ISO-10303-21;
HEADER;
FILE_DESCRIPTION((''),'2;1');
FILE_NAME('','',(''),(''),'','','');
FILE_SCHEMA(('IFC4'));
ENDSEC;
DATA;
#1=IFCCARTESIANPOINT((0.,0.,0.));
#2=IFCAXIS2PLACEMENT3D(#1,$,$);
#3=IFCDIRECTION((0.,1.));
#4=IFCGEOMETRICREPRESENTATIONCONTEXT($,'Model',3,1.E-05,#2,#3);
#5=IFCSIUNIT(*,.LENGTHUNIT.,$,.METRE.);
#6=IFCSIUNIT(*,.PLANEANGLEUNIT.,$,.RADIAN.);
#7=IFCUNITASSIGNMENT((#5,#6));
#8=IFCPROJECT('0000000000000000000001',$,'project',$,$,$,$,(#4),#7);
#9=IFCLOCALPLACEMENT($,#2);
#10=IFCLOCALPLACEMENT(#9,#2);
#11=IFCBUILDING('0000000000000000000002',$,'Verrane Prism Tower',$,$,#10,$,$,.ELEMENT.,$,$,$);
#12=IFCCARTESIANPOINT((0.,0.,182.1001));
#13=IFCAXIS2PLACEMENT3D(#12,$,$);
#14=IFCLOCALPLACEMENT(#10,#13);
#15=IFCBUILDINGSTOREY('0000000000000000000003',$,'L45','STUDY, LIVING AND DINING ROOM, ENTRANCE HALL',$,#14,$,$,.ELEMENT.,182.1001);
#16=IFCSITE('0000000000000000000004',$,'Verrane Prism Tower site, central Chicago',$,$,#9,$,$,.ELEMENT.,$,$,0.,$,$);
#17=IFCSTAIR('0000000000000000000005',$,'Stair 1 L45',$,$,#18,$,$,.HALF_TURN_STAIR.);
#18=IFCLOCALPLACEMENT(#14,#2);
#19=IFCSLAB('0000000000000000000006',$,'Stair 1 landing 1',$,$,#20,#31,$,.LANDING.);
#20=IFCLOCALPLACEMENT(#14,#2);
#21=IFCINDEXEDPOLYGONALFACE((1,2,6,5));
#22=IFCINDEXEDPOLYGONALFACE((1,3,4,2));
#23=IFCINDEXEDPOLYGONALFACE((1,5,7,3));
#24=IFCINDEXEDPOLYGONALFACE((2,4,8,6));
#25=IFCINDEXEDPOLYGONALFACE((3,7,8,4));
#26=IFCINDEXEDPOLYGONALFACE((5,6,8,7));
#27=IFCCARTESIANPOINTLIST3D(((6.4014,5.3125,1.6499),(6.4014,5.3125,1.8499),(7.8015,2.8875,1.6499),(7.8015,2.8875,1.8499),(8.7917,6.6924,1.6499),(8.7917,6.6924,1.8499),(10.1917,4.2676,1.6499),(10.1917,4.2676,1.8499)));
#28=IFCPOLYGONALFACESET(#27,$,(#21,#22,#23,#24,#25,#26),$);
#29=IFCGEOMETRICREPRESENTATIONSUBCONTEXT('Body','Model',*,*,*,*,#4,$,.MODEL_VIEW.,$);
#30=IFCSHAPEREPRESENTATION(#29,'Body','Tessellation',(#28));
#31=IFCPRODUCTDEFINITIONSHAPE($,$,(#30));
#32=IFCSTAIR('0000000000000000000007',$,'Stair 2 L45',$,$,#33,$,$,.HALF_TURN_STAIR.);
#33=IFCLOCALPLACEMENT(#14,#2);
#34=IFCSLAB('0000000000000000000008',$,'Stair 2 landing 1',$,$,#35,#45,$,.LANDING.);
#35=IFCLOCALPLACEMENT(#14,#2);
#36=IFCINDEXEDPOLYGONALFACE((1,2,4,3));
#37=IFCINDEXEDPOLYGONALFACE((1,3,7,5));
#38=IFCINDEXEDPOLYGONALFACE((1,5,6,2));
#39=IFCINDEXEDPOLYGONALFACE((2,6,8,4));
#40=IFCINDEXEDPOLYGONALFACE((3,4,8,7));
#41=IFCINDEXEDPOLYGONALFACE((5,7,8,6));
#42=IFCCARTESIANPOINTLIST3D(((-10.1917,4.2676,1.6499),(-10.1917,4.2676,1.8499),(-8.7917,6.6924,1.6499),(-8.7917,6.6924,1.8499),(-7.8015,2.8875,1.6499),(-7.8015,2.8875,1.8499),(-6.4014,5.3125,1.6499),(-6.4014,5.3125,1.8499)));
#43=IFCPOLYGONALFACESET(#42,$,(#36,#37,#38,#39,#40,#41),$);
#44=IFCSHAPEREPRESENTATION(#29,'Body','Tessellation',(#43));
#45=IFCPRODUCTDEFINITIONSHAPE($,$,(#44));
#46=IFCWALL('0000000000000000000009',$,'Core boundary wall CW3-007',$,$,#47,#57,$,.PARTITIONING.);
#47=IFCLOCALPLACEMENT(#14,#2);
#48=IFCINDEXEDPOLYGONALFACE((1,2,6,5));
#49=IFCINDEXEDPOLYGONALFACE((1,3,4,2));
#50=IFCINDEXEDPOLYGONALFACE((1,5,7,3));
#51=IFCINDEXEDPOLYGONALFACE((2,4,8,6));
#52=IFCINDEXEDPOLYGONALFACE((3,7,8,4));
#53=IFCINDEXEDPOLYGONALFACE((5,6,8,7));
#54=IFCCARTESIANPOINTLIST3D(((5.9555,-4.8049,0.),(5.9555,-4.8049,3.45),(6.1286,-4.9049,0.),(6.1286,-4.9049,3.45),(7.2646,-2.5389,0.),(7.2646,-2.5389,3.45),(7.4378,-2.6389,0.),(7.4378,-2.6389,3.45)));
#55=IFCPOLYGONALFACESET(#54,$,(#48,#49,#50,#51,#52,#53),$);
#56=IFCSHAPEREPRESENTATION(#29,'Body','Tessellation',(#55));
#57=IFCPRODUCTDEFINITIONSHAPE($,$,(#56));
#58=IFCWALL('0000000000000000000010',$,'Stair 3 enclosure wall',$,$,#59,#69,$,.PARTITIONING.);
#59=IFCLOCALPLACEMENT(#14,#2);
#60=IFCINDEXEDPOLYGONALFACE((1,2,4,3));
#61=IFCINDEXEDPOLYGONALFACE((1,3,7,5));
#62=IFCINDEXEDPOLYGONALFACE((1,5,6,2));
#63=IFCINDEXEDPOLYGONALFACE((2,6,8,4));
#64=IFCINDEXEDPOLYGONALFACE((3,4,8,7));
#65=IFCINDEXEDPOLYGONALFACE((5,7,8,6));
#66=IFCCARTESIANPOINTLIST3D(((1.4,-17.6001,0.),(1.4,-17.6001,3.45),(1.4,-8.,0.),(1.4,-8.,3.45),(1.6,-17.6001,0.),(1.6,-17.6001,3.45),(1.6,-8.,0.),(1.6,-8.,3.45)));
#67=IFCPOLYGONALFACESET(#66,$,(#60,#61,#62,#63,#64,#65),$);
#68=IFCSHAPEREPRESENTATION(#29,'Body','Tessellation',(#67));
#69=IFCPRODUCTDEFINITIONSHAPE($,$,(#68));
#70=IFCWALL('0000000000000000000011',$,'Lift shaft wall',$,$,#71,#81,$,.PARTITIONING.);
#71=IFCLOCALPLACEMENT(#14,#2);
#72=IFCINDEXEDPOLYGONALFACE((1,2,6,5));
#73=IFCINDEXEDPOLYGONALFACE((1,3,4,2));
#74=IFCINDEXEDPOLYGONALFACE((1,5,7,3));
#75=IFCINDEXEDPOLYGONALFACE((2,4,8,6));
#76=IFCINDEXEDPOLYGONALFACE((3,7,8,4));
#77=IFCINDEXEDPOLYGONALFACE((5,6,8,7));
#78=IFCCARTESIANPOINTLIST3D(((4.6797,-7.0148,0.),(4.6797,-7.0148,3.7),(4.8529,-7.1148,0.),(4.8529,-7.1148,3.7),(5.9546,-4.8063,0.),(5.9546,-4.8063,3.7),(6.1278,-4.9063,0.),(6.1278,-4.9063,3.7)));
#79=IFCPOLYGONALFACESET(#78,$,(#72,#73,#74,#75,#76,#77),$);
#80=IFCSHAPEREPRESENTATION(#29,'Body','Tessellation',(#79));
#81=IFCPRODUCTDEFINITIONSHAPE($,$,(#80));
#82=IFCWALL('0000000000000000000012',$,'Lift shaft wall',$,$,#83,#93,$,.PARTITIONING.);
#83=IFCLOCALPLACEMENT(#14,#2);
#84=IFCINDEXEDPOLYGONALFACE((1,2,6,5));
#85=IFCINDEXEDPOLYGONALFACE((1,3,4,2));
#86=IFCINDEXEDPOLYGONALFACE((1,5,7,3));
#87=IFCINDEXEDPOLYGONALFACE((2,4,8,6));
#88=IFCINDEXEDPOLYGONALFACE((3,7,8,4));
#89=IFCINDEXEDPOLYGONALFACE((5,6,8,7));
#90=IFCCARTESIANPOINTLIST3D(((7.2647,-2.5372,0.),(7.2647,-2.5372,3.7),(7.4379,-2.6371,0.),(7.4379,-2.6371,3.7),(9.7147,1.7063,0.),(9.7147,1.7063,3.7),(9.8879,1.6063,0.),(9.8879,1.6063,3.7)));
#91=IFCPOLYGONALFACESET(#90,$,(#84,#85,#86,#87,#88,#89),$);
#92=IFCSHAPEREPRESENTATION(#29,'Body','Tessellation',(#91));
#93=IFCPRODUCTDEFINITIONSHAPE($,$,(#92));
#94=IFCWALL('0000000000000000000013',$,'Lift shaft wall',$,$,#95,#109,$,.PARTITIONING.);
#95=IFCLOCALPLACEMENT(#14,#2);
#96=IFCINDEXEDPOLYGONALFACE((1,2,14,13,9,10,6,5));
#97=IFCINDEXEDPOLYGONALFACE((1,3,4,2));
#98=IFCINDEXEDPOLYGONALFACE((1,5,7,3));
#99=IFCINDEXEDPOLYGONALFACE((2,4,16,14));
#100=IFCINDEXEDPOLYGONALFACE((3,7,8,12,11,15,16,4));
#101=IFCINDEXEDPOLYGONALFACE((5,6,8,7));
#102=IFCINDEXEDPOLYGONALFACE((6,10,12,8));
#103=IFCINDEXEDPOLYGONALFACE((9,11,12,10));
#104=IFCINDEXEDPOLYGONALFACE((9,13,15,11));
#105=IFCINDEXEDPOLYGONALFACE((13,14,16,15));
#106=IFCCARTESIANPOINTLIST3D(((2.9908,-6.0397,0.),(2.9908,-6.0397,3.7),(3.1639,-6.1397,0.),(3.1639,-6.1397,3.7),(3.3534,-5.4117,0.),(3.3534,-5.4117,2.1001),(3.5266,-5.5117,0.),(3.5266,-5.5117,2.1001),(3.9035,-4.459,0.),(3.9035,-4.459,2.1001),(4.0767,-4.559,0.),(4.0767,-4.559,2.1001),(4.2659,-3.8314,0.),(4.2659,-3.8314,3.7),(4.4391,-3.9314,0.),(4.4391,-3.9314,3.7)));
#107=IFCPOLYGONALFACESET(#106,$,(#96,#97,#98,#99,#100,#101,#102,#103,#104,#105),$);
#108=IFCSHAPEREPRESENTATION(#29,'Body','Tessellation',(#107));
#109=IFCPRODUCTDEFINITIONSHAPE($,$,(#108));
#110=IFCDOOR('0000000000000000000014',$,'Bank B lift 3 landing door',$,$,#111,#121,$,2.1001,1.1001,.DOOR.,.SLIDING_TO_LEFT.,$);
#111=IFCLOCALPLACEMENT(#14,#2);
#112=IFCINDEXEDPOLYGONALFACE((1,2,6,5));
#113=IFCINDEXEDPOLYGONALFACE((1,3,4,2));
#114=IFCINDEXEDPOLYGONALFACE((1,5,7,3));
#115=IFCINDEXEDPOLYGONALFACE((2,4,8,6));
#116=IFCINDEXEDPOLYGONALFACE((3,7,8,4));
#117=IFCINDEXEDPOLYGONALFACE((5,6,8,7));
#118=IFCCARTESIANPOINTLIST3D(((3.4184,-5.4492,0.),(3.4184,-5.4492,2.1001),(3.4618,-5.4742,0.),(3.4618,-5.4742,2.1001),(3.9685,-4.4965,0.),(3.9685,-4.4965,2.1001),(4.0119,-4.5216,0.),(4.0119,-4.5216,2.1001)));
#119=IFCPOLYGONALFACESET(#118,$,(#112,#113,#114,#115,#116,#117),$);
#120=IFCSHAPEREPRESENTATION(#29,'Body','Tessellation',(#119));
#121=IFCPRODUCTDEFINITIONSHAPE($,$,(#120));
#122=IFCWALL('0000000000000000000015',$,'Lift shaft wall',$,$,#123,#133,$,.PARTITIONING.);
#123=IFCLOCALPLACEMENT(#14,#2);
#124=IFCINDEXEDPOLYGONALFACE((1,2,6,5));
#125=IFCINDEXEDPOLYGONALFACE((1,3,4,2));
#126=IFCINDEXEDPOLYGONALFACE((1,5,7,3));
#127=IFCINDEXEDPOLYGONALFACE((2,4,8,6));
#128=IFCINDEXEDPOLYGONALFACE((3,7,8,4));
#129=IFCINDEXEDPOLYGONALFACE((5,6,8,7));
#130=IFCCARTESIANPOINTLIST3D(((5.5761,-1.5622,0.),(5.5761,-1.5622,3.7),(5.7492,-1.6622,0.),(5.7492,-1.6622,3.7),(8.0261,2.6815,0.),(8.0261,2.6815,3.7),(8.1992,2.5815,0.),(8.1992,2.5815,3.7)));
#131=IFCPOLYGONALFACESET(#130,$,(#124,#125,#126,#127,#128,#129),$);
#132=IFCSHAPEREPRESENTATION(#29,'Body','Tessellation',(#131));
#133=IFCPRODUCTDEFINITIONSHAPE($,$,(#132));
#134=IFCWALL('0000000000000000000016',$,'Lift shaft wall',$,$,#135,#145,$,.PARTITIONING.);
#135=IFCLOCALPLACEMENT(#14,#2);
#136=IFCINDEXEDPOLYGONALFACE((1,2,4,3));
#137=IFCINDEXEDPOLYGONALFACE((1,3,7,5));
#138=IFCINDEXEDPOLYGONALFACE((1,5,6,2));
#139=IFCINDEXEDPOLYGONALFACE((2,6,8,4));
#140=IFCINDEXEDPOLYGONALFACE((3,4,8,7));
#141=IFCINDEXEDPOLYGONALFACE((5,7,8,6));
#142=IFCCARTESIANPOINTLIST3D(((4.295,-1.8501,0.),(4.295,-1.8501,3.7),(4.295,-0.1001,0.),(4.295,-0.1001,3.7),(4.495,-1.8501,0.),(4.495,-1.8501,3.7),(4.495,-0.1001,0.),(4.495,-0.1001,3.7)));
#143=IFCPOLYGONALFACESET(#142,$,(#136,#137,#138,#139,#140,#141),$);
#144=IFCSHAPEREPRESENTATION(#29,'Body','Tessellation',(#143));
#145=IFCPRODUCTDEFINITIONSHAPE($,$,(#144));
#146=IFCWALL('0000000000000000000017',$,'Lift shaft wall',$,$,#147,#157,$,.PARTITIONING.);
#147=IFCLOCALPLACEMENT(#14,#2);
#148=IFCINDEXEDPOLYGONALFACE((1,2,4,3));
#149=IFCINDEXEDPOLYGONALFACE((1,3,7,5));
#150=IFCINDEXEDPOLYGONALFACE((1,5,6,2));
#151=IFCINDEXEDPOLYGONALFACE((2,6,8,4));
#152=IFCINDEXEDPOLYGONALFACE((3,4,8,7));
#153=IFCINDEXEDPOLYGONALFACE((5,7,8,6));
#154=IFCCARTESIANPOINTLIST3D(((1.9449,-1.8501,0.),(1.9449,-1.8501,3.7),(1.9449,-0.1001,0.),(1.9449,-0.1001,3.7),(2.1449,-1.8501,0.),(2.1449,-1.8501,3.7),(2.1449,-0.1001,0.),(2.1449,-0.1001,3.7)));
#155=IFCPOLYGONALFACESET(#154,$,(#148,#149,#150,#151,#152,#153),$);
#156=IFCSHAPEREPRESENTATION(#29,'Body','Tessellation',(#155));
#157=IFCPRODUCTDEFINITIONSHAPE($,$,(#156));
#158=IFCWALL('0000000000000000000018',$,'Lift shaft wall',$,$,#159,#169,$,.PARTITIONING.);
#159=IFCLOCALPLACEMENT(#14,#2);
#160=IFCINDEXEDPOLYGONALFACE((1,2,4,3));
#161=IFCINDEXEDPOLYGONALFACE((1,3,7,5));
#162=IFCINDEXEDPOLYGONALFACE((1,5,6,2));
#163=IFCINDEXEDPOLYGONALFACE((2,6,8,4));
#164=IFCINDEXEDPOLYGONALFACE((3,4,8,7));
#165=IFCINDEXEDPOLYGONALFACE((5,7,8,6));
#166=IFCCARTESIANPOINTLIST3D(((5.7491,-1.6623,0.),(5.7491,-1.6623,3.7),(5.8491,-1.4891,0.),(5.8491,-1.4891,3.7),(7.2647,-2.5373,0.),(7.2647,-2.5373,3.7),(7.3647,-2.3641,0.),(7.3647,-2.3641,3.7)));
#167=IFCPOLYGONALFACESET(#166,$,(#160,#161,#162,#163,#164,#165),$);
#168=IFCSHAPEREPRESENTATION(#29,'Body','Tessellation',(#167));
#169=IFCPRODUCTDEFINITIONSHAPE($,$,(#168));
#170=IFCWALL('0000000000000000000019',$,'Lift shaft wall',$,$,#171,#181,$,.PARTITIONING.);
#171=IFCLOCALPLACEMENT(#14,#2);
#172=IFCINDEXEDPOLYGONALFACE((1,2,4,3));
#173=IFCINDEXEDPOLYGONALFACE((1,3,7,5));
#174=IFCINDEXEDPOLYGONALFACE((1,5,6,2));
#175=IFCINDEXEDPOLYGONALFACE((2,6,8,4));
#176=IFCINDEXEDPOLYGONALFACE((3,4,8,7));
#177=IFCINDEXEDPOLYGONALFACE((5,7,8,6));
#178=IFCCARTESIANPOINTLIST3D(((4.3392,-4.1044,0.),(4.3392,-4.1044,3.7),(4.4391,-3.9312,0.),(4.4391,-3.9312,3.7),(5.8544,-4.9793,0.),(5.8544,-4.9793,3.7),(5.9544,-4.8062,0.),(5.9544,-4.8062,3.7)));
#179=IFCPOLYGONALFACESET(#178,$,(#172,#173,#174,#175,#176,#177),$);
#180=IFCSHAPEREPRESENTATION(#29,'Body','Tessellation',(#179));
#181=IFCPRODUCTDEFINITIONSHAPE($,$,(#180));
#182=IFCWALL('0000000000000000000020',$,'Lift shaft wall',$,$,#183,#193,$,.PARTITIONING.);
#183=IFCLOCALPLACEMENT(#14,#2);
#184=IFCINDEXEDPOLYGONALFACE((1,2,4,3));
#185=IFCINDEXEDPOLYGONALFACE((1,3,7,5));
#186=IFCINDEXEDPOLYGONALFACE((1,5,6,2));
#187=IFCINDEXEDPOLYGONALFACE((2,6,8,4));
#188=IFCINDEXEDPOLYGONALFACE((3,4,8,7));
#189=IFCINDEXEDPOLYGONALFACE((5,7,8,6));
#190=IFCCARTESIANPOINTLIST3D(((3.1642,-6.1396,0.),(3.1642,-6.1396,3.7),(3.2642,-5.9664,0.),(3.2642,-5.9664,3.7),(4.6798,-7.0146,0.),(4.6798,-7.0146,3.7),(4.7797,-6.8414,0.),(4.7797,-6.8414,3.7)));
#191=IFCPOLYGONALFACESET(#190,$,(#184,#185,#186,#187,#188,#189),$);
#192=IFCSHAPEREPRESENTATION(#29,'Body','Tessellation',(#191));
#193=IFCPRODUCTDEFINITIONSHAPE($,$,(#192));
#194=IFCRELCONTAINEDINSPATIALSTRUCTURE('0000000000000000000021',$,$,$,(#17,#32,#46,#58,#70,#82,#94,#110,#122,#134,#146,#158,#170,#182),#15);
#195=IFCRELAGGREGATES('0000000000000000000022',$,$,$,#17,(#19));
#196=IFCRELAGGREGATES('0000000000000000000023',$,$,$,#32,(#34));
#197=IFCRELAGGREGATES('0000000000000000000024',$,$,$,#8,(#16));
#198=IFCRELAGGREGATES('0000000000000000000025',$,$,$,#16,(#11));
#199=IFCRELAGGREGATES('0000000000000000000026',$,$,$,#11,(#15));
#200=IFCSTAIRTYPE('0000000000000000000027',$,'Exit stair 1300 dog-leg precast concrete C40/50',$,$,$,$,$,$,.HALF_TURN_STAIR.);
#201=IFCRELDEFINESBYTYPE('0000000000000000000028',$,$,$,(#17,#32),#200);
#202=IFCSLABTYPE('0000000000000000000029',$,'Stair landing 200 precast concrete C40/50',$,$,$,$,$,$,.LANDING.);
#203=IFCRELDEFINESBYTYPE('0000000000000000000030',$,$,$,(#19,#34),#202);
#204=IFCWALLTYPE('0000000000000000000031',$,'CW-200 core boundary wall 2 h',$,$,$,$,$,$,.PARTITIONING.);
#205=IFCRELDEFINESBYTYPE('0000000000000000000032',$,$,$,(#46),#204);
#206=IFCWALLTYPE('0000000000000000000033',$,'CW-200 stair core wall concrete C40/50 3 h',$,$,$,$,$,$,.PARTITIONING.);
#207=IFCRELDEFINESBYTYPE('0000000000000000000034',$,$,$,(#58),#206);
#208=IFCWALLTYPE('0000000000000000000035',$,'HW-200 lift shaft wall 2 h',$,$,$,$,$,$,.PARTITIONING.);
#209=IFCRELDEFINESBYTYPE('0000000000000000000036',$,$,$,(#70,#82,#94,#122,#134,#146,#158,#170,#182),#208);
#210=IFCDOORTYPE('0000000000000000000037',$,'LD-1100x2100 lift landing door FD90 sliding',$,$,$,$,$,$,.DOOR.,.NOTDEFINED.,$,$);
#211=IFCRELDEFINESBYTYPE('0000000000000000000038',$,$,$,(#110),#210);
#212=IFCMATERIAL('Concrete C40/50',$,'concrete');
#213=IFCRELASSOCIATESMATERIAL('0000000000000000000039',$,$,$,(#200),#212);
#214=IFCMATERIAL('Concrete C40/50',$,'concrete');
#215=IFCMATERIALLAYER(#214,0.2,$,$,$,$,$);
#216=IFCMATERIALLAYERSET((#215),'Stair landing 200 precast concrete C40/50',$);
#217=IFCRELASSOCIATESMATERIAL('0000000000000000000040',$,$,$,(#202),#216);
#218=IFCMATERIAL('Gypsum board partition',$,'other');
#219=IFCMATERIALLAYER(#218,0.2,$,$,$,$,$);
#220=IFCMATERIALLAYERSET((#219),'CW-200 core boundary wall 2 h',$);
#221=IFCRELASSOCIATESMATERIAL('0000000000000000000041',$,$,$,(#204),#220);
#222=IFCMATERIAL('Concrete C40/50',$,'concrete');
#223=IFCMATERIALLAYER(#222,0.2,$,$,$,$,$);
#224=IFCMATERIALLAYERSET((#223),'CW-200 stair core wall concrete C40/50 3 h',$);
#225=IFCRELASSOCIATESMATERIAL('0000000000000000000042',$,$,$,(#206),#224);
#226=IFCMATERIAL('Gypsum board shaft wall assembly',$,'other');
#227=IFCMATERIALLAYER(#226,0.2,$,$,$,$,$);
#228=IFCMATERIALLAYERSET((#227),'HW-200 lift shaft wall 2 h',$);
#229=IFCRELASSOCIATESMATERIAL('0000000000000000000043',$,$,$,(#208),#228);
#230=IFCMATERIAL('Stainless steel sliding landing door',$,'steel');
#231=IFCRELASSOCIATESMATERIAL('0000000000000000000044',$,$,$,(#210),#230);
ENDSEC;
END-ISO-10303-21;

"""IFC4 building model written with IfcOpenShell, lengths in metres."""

from ifc_helpers import new_model, si_unit, direction, frame, frame_2d, origin, place, context, subcontext, project, spatial, polyline, rectangle, outline, extrude, material, layer, layer_set, type_object, element, fill, aggregate, save


model = new_model("IFC4")

# Units and contexts
model_context = context("Model", 3, precision=1e-05, world=origin(), true_north=direction((0.0, 1.0)))
body_context = subcontext(model_context, "Body", "Model", "MODEL_VIEW")
ifc_project = project(units=[si_unit("LENGTHUNIT", "METRE"), si_unit("PLANEANGLEUNIT", "RADIAN")], contexts=[model_context])

# Site, building, storey
site_placement = place(None, origin())
site = spatial("IfcSite", under=ifc_project, at=site_placement, Name="Verrane Prism Tower site, central Chicago", CompositionType="ELEMENT", RefElevation=0.0)
building_placement = place(site_placement, origin())
building = spatial("IfcBuilding", under=site, at=building_placement, Name="Verrane Prism Tower", CompositionType="ELEMENT")
storey_placement = place(building_placement, frame((0.0, 0.0, 182.1001)))
storey = spatial("IfcBuildingStorey", under=building, at=storey_placement, Name="L45", Description="STUDY, LIVING AND DINING ROOM, ENTRANCE HALL", CompositionType="ELEMENT", Elevation=182.1001)

# Stairs, slabs
ifc_material_1 = material(Name="Concrete C40/50", Category="concrete")
stair_type = type_object("IfcStairType", Name="Exit stair 1300 dog-leg precast concrete C40/50", PredefinedType="HALF_TURN_STAIR", material=ifc_material_1)
stair_1_placement = place(storey_placement, origin())
stair_1 = element("IfcStair", 1, at=stair_1_placement, inside=storey, type_object=stair_type, Name="Stair 1 L45", PredefinedType="HALF_TURN_STAIR")
ifc_material_2 = material(Name="Concrete C40/50", Category="concrete")
ifc_layer_1 = layer(ifc_material_2, 0.2)
ifc_layer_set_1 = layer_set([ifc_layer_1], Name="Stair landing 200 precast concrete C40/50")
slab_type = type_object("IfcSlabType", Name="Stair landing 200 precast concrete C40/50", PredefinedType="LANDING", material=ifc_layer_set_1)
slab_1_placement = place(storey_placement, frame((0.0, 0.0, 1.6499)))
slab_1 = element("IfcSlab", 2, at=slab_1_placement, type_object=slab_type, Name="Stair 1 landing 1", PredefinedType="LANDING", context=body_context, shape_type="SweptSolid", body=[
    extrude(outline(polyline([(8.7917, 6.6924), (6.4014, 5.3125), (7.8015, 2.8875), (10.1917, 4.2676), (8.7917, 6.6924)])), origin(), (0.0, 0.0, 1.0), 0.2),
])
aggregate(stair_1, [slab_1])
stair_2_placement = place(storey_placement, origin())
stair_2 = element("IfcStair", 3, at=stair_2_placement, inside=storey, type_object=stair_type, Name="Stair 2 L45", PredefinedType="HALF_TURN_STAIR")
slab_2_placement = place(storey_placement, frame((0.0, 0.0, 1.6499)))
slab_2 = element("IfcSlab", 4, at=slab_2_placement, type_object=slab_type, Name="Stair 2 landing 1", PredefinedType="LANDING", context=body_context, shape_type="SweptSolid", body=[
    extrude(outline(polyline([(-10.1917, 4.2676), (-7.8015, 2.8875), (-6.4014, 5.3125), (-8.7917, 6.6924), (-10.1917, 4.2676)])), origin(), (0.0, 0.0, 1.0), 0.2),
])
aggregate(stair_2, [slab_2])

# Walls
ifc_material_3 = material(Name="Gypsum board partition", Category="other")
ifc_layer_2 = layer(ifc_material_3, 0.2)
ifc_layer_set_2 = layer_set([ifc_layer_2], Name="CW-200 core boundary wall 2 h")
wall_type_1 = type_object("IfcWallType", Name="CW-200 core boundary wall 2 h", PredefinedType="PARTITIONING", material=ifc_layer_set_2)
wall_1_placement = place(storey_placement, frame((6.042, -4.855, 0.0), z_axis=(0.0, 0.0, 1.0), x_axis=(0.500253, 0.865879, 0.0)))
element("IfcWall", 5, at=wall_1_placement, inside=storey, type_object=wall_type_1, Name="Core boundary wall CW3-007", PredefinedType="PARTITIONING", context=body_context, shape_type="SweptSolid", body=[
    extrude(rectangle(XDim=2.6169, YDim=0.2, at=frame_2d((1.3086, 0.0))), origin(), (0.0, 0.0, 1.0), 3.45),
])
ifc_material_4 = material(Name="Concrete C40/50", Category="concrete")
ifc_layer_3 = layer(ifc_material_4, 0.2)
ifc_layer_set_3 = layer_set([ifc_layer_3], Name="CW-200 stair core wall concrete C40/50 3 h")
wall_type_2 = type_object("IfcWallType", Name="CW-200 stair core wall concrete C40/50 3 h", PredefinedType="PARTITIONING", material=ifc_layer_set_3)
wall_2_placement = place(storey_placement, frame((1.5, -8.0, 0.0), z_axis=(0.0, 0.0, 1.0), x_axis=(0.0, -1.0, 0.0)))
element("IfcWall", 6, at=wall_2_placement, inside=storey, type_object=wall_type_2, Name="Stair 3 enclosure wall", PredefinedType="PARTITIONING", context=body_context, shape_type="SweptSolid", body=[
    extrude(rectangle(XDim=9.6001, YDim=0.2, at=frame_2d((4.8, 0.0))), origin(), (0.0, 0.0, 1.0), 3.45),
])
ifc_material_5 = material(Name="Gypsum board shaft wall assembly", Category="other")
ifc_layer_4 = layer(ifc_material_5, 0.2)
ifc_layer_set_4 = layer_set([ifc_layer_4], Name="HW-200 lift shaft wall 2 h")
wall_type_3 = type_object("IfcWallType", Name="HW-200 lift shaft wall 2 h", PredefinedType="PARTITIONING", material=ifc_layer_set_4)
wall_3_placement = place(storey_placement, frame((4.7664, -7.0647, 0.0), z_axis=(0.0, 0.0, 1.0), x_axis=(0.499949, 0.866055, 0.0)))
element("IfcWall", 7, at=wall_3_placement, inside=storey, type_object=wall_type_3, Name="Lift shaft wall", PredefinedType="PARTITIONING", context=body_context, shape_type="SweptSolid", body=[
    extrude(rectangle(XDim=2.55, YDim=0.2, at=frame_2d((1.2749, 0.0))), origin(), (0.0, 0.0, 1.0), 3.7),
])
wall_4_placement = place(storey_placement, frame((7.3513, -2.5872, 0.0), z_axis=(0.0, 0.0, 1.0), x_axis=(0.500003, 0.866024, 0.0)))
element("IfcWall", 8, at=wall_4_placement, inside=storey, type_object=wall_type_3, Name="Lift shaft wall", PredefinedType="PARTITIONING", context=body_context, shape_type="SweptSolid", body=[
    extrude(rectangle(XDim=4.8999, YDim=0.2, at=frame_2d((2.45, 0.0))), origin(), (0.0, 0.0, 1.0), 3.7),
])

# Wall, opening, door
wall_5_placement = place(storey_placement, frame((3.0774, -6.0896, 0.0), z_axis=(0.0, 0.0, 1.0), x_axis=(0.500062, 0.865989, 0.0)))
wall_5 = element("IfcWall", 9, at=wall_5_placement, inside=storey, type_object=wall_type_3, Name="Lift shaft wall", PredefinedType="PARTITIONING", context=body_context, shape_type="SweptSolid", body=[
    extrude(rectangle(XDim=2.55, YDim=0.2, at=frame_2d((1.2749, 0.0))), origin(), (0.0, 0.0, 1.0), 3.7),
])
opening_placement = place(wall_5_placement, frame((0.7251, 0.0, 0.0)))
opening = element("IfcOpeningElement", 10, at=opening_placement, cuts=wall_5, PredefinedType="OPENING", context=body_context, shape_type="SweptSolid", body=[
    extrude(rectangle(XDim=1.1001, YDim=2.1001, at=frame_2d((0.55, 1.05))), frame((0.0, 0.1099, 0.0), z_axis=(0.0, -1.0, 0.0), x_axis=(1.0, 0.0, 0.0)), (0.0, 0.0, 1.0), 0.22),
])
ifc_material_6 = material(Name="Stainless steel sliding landing door", Category="steel")
door_type = type_object("IfcDoorType", Name="LD-1100x2100 lift landing door FD90 sliding", OperationType="NOTDEFINED", PredefinedType="DOOR", material=ifc_material_6)
door_placement = place(opening_placement, origin())
door = element("IfcDoor", 11, at=door_placement, inside=storey, type_object=door_type, Name="Bank B lift 3 landing door", OperationType="SLIDING_TO_LEFT", OverallHeight=2.1001, OverallWidth=1.1001, PredefinedType="DOOR", context=body_context, shape_type="SweptSolid", body=[
    extrude(rectangle(XDim=1.1001, YDim=2.1001, at=frame_2d((0.55, 1.05))), frame((0.0, 0.0249, 0.0), z_axis=(0.0, -1.0, 0.0), x_axis=(1.0, 0.0, 0.0)), (0.0, 0.0, 1.0), 0.05),
])
fill(opening, door)

# Walls
wall_6_placement = place(storey_placement, frame((5.6626, -1.6123, 0.0), z_axis=(0.0, 0.0, 1.0), x_axis=(0.499981, 0.866036, 0.0)))
element("IfcWall", 12, at=wall_6_placement, inside=storey, type_object=wall_type_3, Name="Lift shaft wall", PredefinedType="PARTITIONING", context=body_context, shape_type="SweptSolid", body=[
    extrude(rectangle(XDim=4.9001, YDim=0.2, at=frame_2d((2.4502, 0.0))), origin(), (0.0, 0.0, 1.0), 3.7),
])
for number, where, z_axis, x_axis, name in (
    (13, (4.395, -1.8501, 0.0), (0.0, 0.0, 1.0), (0.0, 1.0, 0.0), "Lift shaft wall"),
    (14, (2.0449, -1.8501, 0.0), (0.0, 0.0, 1.0), (0.0, 1.0, 0.0), "Lift shaft wall"),
    (15, (7.3147, -2.4507, 0.0), (0.0, 0.0, 1.0), (-0.866037, 0.49998, 0.0), "Lift shaft wall"),
):
    element("IfcWall", number, at=place(storey_placement, frame(where, z_axis=z_axis, x_axis=x_axis)), inside=storey, type_object=wall_type_3, Name=name, PredefinedType="PARTITIONING", context=body_context, shape_type="SweptSolid", body=[
        extrude(rectangle(XDim=1.75, YDim=0.2, at=frame_2d((0.875, 0.0))), origin(), (0.0, 0.0, 1.0), 3.7),
    ])
wall_7_placement = place(storey_placement, frame((5.9045, -4.8928, 0.0), z_axis=(0.0, 0.0, 1.0), x_axis=(-0.866002, 0.50004, 0.0)))
element("IfcWall", 16, at=wall_7_placement, inside=storey, type_object=wall_type_3, Name="Lift shaft wall", PredefinedType="PARTITIONING", context=body_context, shape_type="SweptSolid", body=[
    extrude(rectangle(XDim=1.7498, YDim=0.2, at=frame_2d((0.875, 0.0))), origin(), (0.0, 0.0, 1.0), 3.7),
])
wall_8_placement = place(storey_placement, frame((4.7297, -6.928, 0.0), z_axis=(0.0, 0.0, 1.0), x_axis=(-0.866037, 0.49998, 0.0)))
element("IfcWall", 17, at=wall_8_placement, inside=storey, type_object=wall_type_3, Name="Lift shaft wall", PredefinedType="PARTITIONING", context=body_context, shape_type="SweptSolid", body=[
    extrude(rectangle(XDim=1.75, YDim=0.2, at=frame_2d((0.875, 0.0))), origin(), (0.0, 0.0, 1.0), 3.7),
])

save(model, "model.ifc")
